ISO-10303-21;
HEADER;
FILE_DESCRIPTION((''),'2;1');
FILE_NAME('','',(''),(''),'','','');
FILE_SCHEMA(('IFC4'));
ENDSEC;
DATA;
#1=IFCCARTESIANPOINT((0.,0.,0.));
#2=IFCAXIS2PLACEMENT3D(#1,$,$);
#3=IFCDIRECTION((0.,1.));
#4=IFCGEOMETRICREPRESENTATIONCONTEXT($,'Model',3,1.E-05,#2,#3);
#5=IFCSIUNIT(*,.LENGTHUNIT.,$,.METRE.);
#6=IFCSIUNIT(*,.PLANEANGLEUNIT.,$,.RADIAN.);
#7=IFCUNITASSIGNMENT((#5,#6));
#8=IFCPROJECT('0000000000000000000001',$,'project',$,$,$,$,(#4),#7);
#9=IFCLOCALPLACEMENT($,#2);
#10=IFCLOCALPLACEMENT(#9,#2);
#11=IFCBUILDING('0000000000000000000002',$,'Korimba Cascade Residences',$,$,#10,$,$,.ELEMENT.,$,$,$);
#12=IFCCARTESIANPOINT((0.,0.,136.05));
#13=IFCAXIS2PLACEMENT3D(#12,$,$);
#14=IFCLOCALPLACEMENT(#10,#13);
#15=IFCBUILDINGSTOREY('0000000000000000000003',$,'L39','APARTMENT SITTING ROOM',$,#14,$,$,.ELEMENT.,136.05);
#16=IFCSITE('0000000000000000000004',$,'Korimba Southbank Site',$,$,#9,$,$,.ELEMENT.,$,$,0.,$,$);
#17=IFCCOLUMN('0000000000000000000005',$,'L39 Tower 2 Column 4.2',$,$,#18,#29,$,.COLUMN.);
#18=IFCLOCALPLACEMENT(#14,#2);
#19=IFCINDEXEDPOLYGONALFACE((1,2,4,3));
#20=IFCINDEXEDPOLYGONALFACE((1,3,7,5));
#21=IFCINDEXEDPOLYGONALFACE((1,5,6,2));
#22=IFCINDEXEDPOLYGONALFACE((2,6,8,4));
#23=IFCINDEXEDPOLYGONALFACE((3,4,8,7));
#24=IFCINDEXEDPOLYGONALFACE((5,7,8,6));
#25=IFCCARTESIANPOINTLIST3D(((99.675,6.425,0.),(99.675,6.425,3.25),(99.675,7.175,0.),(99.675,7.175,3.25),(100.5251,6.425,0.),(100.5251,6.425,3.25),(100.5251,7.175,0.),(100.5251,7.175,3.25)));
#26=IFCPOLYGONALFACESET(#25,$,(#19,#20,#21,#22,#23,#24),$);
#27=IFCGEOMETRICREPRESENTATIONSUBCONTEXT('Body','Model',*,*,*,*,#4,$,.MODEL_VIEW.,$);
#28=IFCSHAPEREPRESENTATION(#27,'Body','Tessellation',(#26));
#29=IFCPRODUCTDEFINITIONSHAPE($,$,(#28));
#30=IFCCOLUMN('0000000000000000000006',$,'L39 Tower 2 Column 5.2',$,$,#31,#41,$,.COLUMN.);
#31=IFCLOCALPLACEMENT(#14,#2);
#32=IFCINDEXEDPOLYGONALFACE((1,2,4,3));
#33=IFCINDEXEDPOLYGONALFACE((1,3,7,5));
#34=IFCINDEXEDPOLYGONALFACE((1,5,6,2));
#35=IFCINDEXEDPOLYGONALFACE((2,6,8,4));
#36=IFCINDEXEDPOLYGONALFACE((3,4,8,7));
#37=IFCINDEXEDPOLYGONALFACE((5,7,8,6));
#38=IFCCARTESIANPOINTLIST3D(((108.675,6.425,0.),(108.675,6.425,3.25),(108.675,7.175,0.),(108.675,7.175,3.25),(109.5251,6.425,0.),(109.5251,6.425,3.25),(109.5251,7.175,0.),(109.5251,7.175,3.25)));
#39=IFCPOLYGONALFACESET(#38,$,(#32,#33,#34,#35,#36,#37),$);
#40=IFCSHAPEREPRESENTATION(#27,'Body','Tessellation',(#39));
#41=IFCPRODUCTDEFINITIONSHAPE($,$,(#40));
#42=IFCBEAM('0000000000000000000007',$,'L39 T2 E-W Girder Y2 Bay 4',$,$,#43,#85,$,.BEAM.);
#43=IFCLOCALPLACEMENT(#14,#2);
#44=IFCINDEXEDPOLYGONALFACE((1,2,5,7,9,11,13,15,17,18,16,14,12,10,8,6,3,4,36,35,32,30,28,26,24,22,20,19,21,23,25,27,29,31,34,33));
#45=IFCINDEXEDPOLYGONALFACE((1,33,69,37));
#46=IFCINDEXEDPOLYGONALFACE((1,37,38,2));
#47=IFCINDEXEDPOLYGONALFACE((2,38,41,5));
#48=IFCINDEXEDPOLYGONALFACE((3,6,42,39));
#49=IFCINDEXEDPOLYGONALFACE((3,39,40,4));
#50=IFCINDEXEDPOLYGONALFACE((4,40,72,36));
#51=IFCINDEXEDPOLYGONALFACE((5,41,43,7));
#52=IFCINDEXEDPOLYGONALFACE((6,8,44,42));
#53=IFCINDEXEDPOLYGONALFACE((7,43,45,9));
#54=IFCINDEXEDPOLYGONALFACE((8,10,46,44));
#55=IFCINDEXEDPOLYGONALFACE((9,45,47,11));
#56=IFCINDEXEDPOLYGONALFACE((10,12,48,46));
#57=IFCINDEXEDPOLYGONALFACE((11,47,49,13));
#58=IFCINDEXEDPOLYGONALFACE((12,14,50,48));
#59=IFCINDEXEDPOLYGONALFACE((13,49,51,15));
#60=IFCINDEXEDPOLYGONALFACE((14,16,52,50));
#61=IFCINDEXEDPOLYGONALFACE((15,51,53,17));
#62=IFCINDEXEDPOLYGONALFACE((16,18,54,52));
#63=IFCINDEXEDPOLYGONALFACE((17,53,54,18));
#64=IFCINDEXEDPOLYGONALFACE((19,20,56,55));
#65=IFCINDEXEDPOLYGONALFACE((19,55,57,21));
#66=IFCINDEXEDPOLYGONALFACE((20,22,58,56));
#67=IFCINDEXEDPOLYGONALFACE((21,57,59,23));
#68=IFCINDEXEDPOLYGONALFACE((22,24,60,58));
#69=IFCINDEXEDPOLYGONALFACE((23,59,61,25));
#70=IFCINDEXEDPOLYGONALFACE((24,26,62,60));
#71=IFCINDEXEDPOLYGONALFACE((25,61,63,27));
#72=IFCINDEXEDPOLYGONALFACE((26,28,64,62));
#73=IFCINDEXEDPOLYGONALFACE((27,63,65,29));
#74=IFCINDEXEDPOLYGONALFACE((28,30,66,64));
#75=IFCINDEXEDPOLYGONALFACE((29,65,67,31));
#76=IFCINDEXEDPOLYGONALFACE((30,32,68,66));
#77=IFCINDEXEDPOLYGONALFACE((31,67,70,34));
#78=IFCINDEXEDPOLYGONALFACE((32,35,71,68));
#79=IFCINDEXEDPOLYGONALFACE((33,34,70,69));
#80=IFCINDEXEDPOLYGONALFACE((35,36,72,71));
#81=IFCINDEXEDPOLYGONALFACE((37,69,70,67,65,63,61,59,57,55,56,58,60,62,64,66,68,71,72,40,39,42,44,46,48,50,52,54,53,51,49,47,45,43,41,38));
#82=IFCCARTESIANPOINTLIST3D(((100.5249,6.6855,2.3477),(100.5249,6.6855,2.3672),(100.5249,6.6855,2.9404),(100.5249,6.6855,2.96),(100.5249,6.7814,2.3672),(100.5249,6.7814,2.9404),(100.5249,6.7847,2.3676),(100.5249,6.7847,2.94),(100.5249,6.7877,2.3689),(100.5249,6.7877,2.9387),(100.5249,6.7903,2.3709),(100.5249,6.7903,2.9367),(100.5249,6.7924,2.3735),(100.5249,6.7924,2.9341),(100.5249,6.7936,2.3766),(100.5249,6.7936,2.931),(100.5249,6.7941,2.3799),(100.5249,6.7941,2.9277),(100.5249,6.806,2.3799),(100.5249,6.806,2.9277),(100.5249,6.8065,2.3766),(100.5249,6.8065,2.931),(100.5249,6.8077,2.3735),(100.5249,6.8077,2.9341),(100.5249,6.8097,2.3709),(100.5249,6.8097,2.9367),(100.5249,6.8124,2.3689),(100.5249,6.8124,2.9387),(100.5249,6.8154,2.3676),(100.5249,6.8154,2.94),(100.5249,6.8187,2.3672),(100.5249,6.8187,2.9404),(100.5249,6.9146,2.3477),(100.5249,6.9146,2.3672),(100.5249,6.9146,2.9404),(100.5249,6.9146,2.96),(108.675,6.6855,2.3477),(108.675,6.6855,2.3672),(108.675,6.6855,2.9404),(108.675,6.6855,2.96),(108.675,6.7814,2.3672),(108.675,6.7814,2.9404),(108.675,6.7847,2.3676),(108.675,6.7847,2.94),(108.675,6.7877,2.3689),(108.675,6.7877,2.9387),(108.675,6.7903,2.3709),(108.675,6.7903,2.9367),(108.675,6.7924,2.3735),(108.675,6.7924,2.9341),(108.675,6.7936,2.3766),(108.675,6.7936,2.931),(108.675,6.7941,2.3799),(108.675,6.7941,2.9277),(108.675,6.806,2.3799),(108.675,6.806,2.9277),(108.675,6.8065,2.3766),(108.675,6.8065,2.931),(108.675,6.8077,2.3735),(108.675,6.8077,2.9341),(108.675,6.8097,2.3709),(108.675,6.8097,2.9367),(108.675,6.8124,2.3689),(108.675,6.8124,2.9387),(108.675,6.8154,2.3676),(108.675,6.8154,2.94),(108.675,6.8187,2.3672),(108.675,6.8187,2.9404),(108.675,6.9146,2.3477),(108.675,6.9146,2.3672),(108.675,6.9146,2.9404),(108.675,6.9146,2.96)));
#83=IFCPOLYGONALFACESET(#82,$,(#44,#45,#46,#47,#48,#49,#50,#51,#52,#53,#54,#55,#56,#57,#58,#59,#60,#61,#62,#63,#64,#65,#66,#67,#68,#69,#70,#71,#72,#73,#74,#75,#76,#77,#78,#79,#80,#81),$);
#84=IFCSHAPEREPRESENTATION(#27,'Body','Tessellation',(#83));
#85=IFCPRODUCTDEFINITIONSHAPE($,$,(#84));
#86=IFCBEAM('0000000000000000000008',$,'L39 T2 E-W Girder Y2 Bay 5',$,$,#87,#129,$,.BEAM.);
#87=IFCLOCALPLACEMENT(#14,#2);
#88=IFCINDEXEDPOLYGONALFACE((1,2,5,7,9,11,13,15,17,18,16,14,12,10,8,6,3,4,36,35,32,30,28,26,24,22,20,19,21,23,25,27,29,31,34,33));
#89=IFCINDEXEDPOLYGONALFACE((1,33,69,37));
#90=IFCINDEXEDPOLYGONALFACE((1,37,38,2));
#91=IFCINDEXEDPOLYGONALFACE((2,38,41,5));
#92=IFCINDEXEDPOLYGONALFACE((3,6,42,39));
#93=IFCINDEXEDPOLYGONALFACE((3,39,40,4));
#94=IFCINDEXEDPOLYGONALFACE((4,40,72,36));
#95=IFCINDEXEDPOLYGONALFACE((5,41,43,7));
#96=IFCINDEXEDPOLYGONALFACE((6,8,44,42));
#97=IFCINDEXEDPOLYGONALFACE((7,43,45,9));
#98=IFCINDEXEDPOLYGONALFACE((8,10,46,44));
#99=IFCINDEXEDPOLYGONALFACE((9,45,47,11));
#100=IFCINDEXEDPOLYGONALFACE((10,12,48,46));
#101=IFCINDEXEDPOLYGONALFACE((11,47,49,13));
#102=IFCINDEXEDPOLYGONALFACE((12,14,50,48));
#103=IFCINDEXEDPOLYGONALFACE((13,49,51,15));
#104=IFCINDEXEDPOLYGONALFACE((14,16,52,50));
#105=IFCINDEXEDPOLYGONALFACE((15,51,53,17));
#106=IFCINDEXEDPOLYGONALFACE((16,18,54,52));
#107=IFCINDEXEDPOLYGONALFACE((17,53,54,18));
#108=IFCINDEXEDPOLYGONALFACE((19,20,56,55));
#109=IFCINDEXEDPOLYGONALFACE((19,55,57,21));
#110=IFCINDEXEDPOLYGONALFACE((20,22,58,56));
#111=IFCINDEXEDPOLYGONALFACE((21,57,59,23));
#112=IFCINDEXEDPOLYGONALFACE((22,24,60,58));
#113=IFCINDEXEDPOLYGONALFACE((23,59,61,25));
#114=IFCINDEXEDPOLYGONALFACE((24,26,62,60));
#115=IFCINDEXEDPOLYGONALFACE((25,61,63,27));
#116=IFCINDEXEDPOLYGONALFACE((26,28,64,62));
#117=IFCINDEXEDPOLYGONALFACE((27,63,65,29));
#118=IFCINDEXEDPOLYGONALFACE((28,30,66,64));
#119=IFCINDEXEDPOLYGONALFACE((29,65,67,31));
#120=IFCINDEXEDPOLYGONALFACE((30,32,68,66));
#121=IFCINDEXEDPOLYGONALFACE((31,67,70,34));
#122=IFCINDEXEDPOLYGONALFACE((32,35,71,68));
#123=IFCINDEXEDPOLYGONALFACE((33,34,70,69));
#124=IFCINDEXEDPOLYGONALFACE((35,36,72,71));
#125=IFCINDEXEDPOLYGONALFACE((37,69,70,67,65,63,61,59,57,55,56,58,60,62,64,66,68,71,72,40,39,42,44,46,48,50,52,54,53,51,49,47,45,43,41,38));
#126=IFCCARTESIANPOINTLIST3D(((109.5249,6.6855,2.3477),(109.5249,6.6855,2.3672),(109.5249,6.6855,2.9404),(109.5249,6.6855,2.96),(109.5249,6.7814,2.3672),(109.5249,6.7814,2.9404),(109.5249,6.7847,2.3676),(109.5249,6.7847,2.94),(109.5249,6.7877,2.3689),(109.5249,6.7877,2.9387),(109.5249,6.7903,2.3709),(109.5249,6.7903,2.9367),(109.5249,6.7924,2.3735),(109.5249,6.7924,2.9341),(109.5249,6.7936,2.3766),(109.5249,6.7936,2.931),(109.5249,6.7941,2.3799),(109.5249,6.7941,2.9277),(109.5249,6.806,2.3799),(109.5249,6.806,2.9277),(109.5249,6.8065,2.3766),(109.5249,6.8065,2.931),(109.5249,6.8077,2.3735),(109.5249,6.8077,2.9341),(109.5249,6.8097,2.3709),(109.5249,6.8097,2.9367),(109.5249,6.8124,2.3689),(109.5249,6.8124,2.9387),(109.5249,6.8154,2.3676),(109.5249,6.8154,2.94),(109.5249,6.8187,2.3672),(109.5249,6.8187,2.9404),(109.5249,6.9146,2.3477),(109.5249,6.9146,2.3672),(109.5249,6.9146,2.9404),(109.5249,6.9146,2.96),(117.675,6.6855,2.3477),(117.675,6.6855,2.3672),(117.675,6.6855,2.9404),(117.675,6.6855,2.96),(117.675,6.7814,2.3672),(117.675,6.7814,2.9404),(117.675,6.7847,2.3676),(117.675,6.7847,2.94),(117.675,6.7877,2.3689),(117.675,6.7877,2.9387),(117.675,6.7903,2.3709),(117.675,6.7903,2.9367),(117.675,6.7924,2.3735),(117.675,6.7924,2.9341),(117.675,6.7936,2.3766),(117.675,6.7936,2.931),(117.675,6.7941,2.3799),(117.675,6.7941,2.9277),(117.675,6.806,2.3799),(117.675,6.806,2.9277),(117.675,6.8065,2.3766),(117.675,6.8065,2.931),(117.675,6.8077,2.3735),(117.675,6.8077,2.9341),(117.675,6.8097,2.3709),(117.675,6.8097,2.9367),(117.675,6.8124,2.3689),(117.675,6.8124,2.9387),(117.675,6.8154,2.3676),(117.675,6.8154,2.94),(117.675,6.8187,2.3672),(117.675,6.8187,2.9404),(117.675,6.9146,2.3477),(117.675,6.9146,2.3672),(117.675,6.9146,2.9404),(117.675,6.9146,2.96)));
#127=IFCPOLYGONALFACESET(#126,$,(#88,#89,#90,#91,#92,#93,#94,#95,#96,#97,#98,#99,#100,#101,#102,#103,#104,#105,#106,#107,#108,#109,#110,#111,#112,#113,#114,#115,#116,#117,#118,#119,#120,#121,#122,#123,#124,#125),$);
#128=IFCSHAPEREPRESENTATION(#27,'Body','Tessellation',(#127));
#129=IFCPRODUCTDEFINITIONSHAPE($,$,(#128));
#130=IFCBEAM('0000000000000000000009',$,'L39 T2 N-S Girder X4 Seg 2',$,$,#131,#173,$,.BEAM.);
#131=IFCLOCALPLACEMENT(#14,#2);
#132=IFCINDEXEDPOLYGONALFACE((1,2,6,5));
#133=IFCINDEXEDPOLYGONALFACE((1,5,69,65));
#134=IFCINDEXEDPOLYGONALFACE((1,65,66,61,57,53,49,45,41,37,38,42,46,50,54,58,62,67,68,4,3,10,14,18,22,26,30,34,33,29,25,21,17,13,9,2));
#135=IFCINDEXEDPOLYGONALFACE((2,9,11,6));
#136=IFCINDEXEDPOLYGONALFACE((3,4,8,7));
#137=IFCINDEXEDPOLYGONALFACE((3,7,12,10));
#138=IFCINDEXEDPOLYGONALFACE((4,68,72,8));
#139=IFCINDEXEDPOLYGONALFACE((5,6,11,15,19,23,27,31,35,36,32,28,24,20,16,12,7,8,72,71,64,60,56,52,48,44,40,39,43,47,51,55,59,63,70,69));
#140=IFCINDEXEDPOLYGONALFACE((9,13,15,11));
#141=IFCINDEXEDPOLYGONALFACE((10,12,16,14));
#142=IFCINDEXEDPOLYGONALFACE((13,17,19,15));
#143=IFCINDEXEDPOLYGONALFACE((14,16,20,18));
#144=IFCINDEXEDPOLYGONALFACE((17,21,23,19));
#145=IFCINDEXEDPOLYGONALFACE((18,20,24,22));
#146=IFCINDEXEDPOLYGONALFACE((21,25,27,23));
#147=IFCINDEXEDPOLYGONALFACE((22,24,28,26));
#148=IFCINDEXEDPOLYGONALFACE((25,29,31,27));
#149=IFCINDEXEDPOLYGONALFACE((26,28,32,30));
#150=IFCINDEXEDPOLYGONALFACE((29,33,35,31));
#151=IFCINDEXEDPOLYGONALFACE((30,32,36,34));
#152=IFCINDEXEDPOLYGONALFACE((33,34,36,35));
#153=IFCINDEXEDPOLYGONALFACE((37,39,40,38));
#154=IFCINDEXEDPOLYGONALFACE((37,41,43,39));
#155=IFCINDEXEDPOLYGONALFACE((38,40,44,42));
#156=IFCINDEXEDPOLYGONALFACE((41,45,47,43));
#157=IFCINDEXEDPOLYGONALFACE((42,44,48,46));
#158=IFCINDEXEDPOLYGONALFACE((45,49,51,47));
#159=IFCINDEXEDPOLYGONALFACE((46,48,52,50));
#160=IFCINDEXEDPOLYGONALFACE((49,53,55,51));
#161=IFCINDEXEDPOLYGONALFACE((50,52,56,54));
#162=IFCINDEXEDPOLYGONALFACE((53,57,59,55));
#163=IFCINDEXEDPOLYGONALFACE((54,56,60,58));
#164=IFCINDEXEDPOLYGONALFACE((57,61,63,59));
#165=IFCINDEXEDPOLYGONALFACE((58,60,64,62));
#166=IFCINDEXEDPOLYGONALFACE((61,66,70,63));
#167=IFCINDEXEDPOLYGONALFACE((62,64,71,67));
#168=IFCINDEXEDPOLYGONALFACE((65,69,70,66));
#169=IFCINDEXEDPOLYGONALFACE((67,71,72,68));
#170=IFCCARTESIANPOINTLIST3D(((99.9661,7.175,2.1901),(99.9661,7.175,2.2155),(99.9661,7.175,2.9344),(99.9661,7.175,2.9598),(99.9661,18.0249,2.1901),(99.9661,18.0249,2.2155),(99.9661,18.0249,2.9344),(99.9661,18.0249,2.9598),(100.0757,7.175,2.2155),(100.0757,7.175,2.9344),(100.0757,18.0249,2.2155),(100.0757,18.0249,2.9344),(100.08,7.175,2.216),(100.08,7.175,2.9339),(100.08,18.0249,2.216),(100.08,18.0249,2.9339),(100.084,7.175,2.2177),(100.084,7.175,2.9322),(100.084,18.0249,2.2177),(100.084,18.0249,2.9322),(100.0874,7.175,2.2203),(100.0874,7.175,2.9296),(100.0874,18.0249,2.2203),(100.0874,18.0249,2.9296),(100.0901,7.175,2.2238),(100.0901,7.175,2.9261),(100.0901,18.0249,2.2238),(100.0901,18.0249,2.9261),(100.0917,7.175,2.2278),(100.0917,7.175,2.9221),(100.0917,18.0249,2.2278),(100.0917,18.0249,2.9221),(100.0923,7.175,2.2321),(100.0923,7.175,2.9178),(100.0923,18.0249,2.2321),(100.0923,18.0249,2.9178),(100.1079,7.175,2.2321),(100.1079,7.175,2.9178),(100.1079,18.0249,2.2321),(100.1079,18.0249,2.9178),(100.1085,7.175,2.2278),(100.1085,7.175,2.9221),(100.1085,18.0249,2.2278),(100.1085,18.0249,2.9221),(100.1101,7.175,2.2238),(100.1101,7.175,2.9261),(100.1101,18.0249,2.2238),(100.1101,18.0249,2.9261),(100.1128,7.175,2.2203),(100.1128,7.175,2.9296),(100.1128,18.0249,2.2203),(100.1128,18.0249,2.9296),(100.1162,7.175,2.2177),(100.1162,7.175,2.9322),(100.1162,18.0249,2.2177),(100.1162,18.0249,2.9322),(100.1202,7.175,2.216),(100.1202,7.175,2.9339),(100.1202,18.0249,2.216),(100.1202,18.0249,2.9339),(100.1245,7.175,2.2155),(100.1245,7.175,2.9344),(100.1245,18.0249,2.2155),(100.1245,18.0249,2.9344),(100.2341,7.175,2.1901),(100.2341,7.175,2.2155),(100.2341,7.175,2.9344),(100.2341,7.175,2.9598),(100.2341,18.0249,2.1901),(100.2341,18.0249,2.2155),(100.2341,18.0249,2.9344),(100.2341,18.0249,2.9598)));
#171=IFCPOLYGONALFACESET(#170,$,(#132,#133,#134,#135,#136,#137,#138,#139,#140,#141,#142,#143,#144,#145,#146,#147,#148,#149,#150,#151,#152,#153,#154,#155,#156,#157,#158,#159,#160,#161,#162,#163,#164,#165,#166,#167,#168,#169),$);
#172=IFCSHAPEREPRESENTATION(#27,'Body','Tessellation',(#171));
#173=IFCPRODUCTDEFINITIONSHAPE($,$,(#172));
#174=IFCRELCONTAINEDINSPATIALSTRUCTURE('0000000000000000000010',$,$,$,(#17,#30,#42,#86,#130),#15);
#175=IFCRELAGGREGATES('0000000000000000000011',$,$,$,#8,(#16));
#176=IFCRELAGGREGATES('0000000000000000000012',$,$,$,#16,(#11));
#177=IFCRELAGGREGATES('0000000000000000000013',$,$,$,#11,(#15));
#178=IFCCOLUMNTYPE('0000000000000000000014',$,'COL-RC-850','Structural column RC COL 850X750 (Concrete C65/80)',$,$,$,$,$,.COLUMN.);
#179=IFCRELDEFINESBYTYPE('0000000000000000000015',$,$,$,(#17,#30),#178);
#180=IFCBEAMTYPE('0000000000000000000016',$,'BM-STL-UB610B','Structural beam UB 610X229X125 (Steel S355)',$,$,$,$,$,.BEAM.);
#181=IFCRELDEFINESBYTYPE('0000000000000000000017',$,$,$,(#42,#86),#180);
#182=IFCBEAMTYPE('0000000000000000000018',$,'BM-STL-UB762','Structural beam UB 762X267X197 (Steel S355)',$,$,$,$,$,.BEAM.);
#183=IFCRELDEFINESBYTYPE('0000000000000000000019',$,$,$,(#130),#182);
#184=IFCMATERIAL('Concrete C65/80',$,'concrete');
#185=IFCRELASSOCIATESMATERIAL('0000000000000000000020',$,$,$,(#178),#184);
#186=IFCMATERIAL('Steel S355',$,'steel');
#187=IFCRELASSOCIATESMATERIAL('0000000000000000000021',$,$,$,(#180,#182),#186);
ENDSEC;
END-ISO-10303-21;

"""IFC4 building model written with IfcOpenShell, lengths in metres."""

from ifc_helpers import new_model, si_unit, direction, frame, origin, origin_2d, place, context, subcontext, project, spatial, rectangle, i_section, extrude, material, material_profile, profile_set, type_object, element, save


model = new_model("IFC4")

# Units and contexts
model_context = context("Model", 3, precision=1e-05, world=origin(), true_north=direction((0.0, 1.0)))
body_context = subcontext(model_context, "Body", "Model", "MODEL_VIEW")
ifc_project = project(units=[si_unit("LENGTHUNIT", "METRE"), si_unit("PLANEANGLEUNIT", "RADIAN")], contexts=[model_context])

# Site, building, storey
site_placement = place(None, origin())
site = spatial("IfcSite", under=ifc_project, at=site_placement, Name="Korimba Southbank Site", CompositionType="ELEMENT", RefElevation=0.0)
building_placement = place(site_placement, origin())
building = spatial("IfcBuilding", under=site, at=building_placement, Name="Korimba Cascade Residences", CompositionType="ELEMENT")
storey_placement = place(building_placement, frame((0.0, 0.0, 136.05)))
storey = spatial("IfcBuildingStorey", under=building, at=storey_placement, Name="L39", Description="APARTMENT SITTING ROOM", CompositionType="ELEMENT", Elevation=136.05)

# Columns
ifc_material_1 = material(Name="Concrete C65/80", Category="concrete")
ifc_material_profile_1 = material_profile(ifc_material_1, rectangle(XDim=0.8501, YDim=0.75, at=origin_2d()), Name="Concrete C65/80")
ifc_profile_set_1 = profile_set([ifc_material_profile_1], Name="Concrete C65/80")
column_type = type_object("IfcColumnType", Name="COL-RC-850", Description="Structural column RC COL 850X750 (Concrete C65/80)", PredefinedType="COLUMN", material=ifc_profile_set_1)
for number, where, z_axis, x_axis, name in (
    (1, (100.1001, 6.8, 0.0), (0.0, 0.0, 1.0), (1.0, 0.0, 0.0), "L39 Tower 2 Column 4.2"),
    (2, (109.1001, 6.8, 0.0), (0.0, 0.0, 1.0), (1.0, 0.0, 0.0), "L39 Tower 2 Column 5.2"),
):
    element("IfcColumn", number, at=place(storey_placement, frame(where, z_axis=z_axis, x_axis=x_axis)), inside=storey, type_object=column_type, Name=name, PredefinedType="COLUMN", context=body_context, shape_type="SweptSolid", body=[
        extrude(rectangle(XDim=0.8501, YDim=0.75, at=origin_2d()), origin(), (0.0, 0.0, 1.0), 3.25),
    ])

# Beams
ifc_material_2 = material(Name="Steel S355", Category="steel")
ifc_material_profile_2 = material_profile(ifc_material_2, i_section(OverallWidth=0.229, OverallDepth=0.6123, WebThickness=0.012, FlangeThickness=0.0195, FilletRadius=0.0127, at=origin_2d()), Name="Steel S355")
ifc_profile_set_2 = profile_set([ifc_material_profile_2], Name="Steel S355")
beam_type_1 = type_object("IfcBeamType", Name="BM-STL-UB610B", Description="Structural beam UB 610X229X125 (Steel S355)", PredefinedType="BEAM", material=ifc_profile_set_2)
for number, where, z_axis, x_axis, name in (
    (3, (100.5249, 6.8, 2.6538), (1.0, 0.0, 0.0), (0.0, 1.0, 0.0), "L39 T2 E-W Girder Y2 Bay 4"),
    (4, (109.5249, 6.8, 2.6538), (1.0, 0.0, 0.0), (0.0, 1.0, 0.0), "L39 T2 E-W Girder Y2 Bay 5"),
):
    element("IfcBeam", number, at=place(storey_placement, frame(where, z_axis=z_axis, x_axis=x_axis)), inside=storey, type_object=beam_type_1, Name=name, PredefinedType="BEAM", context=body_context, shape_type="SweptSolid", body=[
        extrude(i_section(OverallWidth=0.229, OverallDepth=0.6123, WebThickness=0.012, FlangeThickness=0.0195, FilletRadius=0.0127, at=origin_2d()), origin(), (0.0, 0.0, 1.0), 8.1501),
    ])
ifc_material_profile_3 = material_profile(ifc_material_2, i_section(OverallWidth=0.2681, OverallDepth=0.7698, WebThickness=0.0156, FlangeThickness=0.0254, FilletRadius=0.0166, at=origin_2d()), Name="Steel S355")
ifc_profile_set_3 = profile_set([ifc_material_profile_3], Name="Steel S355")
beam_type_2 = type_object("IfcBeamType", Name="BM-STL-UB762", Description="Structural beam UB 762X267X197 (Steel S355)", PredefinedType="BEAM", material=ifc_profile_set_3)
beam_1_placement = place(storey_placement, frame((100.1001, 7.175, 2.575), z_axis=(0.0, 1.0, 0.0), x_axis=(-1.0, 0.0, 0.0)))
element("IfcBeam", 5, at=beam_1_placement, inside=storey, type_object=beam_type_2, Name="L39 T2 N-S Girder X4 Seg 2", PredefinedType="BEAM", context=body_context, shape_type="SweptSolid", body=[
    extrude(i_section(OverallWidth=0.2681, OverallDepth=0.7698, WebThickness=0.0156, FlangeThickness=0.0254, FilletRadius=0.0166, at=origin_2d()), origin(), (0.0, 0.0, 1.0), 10.8499),
])

save(model, "model.ifc")
